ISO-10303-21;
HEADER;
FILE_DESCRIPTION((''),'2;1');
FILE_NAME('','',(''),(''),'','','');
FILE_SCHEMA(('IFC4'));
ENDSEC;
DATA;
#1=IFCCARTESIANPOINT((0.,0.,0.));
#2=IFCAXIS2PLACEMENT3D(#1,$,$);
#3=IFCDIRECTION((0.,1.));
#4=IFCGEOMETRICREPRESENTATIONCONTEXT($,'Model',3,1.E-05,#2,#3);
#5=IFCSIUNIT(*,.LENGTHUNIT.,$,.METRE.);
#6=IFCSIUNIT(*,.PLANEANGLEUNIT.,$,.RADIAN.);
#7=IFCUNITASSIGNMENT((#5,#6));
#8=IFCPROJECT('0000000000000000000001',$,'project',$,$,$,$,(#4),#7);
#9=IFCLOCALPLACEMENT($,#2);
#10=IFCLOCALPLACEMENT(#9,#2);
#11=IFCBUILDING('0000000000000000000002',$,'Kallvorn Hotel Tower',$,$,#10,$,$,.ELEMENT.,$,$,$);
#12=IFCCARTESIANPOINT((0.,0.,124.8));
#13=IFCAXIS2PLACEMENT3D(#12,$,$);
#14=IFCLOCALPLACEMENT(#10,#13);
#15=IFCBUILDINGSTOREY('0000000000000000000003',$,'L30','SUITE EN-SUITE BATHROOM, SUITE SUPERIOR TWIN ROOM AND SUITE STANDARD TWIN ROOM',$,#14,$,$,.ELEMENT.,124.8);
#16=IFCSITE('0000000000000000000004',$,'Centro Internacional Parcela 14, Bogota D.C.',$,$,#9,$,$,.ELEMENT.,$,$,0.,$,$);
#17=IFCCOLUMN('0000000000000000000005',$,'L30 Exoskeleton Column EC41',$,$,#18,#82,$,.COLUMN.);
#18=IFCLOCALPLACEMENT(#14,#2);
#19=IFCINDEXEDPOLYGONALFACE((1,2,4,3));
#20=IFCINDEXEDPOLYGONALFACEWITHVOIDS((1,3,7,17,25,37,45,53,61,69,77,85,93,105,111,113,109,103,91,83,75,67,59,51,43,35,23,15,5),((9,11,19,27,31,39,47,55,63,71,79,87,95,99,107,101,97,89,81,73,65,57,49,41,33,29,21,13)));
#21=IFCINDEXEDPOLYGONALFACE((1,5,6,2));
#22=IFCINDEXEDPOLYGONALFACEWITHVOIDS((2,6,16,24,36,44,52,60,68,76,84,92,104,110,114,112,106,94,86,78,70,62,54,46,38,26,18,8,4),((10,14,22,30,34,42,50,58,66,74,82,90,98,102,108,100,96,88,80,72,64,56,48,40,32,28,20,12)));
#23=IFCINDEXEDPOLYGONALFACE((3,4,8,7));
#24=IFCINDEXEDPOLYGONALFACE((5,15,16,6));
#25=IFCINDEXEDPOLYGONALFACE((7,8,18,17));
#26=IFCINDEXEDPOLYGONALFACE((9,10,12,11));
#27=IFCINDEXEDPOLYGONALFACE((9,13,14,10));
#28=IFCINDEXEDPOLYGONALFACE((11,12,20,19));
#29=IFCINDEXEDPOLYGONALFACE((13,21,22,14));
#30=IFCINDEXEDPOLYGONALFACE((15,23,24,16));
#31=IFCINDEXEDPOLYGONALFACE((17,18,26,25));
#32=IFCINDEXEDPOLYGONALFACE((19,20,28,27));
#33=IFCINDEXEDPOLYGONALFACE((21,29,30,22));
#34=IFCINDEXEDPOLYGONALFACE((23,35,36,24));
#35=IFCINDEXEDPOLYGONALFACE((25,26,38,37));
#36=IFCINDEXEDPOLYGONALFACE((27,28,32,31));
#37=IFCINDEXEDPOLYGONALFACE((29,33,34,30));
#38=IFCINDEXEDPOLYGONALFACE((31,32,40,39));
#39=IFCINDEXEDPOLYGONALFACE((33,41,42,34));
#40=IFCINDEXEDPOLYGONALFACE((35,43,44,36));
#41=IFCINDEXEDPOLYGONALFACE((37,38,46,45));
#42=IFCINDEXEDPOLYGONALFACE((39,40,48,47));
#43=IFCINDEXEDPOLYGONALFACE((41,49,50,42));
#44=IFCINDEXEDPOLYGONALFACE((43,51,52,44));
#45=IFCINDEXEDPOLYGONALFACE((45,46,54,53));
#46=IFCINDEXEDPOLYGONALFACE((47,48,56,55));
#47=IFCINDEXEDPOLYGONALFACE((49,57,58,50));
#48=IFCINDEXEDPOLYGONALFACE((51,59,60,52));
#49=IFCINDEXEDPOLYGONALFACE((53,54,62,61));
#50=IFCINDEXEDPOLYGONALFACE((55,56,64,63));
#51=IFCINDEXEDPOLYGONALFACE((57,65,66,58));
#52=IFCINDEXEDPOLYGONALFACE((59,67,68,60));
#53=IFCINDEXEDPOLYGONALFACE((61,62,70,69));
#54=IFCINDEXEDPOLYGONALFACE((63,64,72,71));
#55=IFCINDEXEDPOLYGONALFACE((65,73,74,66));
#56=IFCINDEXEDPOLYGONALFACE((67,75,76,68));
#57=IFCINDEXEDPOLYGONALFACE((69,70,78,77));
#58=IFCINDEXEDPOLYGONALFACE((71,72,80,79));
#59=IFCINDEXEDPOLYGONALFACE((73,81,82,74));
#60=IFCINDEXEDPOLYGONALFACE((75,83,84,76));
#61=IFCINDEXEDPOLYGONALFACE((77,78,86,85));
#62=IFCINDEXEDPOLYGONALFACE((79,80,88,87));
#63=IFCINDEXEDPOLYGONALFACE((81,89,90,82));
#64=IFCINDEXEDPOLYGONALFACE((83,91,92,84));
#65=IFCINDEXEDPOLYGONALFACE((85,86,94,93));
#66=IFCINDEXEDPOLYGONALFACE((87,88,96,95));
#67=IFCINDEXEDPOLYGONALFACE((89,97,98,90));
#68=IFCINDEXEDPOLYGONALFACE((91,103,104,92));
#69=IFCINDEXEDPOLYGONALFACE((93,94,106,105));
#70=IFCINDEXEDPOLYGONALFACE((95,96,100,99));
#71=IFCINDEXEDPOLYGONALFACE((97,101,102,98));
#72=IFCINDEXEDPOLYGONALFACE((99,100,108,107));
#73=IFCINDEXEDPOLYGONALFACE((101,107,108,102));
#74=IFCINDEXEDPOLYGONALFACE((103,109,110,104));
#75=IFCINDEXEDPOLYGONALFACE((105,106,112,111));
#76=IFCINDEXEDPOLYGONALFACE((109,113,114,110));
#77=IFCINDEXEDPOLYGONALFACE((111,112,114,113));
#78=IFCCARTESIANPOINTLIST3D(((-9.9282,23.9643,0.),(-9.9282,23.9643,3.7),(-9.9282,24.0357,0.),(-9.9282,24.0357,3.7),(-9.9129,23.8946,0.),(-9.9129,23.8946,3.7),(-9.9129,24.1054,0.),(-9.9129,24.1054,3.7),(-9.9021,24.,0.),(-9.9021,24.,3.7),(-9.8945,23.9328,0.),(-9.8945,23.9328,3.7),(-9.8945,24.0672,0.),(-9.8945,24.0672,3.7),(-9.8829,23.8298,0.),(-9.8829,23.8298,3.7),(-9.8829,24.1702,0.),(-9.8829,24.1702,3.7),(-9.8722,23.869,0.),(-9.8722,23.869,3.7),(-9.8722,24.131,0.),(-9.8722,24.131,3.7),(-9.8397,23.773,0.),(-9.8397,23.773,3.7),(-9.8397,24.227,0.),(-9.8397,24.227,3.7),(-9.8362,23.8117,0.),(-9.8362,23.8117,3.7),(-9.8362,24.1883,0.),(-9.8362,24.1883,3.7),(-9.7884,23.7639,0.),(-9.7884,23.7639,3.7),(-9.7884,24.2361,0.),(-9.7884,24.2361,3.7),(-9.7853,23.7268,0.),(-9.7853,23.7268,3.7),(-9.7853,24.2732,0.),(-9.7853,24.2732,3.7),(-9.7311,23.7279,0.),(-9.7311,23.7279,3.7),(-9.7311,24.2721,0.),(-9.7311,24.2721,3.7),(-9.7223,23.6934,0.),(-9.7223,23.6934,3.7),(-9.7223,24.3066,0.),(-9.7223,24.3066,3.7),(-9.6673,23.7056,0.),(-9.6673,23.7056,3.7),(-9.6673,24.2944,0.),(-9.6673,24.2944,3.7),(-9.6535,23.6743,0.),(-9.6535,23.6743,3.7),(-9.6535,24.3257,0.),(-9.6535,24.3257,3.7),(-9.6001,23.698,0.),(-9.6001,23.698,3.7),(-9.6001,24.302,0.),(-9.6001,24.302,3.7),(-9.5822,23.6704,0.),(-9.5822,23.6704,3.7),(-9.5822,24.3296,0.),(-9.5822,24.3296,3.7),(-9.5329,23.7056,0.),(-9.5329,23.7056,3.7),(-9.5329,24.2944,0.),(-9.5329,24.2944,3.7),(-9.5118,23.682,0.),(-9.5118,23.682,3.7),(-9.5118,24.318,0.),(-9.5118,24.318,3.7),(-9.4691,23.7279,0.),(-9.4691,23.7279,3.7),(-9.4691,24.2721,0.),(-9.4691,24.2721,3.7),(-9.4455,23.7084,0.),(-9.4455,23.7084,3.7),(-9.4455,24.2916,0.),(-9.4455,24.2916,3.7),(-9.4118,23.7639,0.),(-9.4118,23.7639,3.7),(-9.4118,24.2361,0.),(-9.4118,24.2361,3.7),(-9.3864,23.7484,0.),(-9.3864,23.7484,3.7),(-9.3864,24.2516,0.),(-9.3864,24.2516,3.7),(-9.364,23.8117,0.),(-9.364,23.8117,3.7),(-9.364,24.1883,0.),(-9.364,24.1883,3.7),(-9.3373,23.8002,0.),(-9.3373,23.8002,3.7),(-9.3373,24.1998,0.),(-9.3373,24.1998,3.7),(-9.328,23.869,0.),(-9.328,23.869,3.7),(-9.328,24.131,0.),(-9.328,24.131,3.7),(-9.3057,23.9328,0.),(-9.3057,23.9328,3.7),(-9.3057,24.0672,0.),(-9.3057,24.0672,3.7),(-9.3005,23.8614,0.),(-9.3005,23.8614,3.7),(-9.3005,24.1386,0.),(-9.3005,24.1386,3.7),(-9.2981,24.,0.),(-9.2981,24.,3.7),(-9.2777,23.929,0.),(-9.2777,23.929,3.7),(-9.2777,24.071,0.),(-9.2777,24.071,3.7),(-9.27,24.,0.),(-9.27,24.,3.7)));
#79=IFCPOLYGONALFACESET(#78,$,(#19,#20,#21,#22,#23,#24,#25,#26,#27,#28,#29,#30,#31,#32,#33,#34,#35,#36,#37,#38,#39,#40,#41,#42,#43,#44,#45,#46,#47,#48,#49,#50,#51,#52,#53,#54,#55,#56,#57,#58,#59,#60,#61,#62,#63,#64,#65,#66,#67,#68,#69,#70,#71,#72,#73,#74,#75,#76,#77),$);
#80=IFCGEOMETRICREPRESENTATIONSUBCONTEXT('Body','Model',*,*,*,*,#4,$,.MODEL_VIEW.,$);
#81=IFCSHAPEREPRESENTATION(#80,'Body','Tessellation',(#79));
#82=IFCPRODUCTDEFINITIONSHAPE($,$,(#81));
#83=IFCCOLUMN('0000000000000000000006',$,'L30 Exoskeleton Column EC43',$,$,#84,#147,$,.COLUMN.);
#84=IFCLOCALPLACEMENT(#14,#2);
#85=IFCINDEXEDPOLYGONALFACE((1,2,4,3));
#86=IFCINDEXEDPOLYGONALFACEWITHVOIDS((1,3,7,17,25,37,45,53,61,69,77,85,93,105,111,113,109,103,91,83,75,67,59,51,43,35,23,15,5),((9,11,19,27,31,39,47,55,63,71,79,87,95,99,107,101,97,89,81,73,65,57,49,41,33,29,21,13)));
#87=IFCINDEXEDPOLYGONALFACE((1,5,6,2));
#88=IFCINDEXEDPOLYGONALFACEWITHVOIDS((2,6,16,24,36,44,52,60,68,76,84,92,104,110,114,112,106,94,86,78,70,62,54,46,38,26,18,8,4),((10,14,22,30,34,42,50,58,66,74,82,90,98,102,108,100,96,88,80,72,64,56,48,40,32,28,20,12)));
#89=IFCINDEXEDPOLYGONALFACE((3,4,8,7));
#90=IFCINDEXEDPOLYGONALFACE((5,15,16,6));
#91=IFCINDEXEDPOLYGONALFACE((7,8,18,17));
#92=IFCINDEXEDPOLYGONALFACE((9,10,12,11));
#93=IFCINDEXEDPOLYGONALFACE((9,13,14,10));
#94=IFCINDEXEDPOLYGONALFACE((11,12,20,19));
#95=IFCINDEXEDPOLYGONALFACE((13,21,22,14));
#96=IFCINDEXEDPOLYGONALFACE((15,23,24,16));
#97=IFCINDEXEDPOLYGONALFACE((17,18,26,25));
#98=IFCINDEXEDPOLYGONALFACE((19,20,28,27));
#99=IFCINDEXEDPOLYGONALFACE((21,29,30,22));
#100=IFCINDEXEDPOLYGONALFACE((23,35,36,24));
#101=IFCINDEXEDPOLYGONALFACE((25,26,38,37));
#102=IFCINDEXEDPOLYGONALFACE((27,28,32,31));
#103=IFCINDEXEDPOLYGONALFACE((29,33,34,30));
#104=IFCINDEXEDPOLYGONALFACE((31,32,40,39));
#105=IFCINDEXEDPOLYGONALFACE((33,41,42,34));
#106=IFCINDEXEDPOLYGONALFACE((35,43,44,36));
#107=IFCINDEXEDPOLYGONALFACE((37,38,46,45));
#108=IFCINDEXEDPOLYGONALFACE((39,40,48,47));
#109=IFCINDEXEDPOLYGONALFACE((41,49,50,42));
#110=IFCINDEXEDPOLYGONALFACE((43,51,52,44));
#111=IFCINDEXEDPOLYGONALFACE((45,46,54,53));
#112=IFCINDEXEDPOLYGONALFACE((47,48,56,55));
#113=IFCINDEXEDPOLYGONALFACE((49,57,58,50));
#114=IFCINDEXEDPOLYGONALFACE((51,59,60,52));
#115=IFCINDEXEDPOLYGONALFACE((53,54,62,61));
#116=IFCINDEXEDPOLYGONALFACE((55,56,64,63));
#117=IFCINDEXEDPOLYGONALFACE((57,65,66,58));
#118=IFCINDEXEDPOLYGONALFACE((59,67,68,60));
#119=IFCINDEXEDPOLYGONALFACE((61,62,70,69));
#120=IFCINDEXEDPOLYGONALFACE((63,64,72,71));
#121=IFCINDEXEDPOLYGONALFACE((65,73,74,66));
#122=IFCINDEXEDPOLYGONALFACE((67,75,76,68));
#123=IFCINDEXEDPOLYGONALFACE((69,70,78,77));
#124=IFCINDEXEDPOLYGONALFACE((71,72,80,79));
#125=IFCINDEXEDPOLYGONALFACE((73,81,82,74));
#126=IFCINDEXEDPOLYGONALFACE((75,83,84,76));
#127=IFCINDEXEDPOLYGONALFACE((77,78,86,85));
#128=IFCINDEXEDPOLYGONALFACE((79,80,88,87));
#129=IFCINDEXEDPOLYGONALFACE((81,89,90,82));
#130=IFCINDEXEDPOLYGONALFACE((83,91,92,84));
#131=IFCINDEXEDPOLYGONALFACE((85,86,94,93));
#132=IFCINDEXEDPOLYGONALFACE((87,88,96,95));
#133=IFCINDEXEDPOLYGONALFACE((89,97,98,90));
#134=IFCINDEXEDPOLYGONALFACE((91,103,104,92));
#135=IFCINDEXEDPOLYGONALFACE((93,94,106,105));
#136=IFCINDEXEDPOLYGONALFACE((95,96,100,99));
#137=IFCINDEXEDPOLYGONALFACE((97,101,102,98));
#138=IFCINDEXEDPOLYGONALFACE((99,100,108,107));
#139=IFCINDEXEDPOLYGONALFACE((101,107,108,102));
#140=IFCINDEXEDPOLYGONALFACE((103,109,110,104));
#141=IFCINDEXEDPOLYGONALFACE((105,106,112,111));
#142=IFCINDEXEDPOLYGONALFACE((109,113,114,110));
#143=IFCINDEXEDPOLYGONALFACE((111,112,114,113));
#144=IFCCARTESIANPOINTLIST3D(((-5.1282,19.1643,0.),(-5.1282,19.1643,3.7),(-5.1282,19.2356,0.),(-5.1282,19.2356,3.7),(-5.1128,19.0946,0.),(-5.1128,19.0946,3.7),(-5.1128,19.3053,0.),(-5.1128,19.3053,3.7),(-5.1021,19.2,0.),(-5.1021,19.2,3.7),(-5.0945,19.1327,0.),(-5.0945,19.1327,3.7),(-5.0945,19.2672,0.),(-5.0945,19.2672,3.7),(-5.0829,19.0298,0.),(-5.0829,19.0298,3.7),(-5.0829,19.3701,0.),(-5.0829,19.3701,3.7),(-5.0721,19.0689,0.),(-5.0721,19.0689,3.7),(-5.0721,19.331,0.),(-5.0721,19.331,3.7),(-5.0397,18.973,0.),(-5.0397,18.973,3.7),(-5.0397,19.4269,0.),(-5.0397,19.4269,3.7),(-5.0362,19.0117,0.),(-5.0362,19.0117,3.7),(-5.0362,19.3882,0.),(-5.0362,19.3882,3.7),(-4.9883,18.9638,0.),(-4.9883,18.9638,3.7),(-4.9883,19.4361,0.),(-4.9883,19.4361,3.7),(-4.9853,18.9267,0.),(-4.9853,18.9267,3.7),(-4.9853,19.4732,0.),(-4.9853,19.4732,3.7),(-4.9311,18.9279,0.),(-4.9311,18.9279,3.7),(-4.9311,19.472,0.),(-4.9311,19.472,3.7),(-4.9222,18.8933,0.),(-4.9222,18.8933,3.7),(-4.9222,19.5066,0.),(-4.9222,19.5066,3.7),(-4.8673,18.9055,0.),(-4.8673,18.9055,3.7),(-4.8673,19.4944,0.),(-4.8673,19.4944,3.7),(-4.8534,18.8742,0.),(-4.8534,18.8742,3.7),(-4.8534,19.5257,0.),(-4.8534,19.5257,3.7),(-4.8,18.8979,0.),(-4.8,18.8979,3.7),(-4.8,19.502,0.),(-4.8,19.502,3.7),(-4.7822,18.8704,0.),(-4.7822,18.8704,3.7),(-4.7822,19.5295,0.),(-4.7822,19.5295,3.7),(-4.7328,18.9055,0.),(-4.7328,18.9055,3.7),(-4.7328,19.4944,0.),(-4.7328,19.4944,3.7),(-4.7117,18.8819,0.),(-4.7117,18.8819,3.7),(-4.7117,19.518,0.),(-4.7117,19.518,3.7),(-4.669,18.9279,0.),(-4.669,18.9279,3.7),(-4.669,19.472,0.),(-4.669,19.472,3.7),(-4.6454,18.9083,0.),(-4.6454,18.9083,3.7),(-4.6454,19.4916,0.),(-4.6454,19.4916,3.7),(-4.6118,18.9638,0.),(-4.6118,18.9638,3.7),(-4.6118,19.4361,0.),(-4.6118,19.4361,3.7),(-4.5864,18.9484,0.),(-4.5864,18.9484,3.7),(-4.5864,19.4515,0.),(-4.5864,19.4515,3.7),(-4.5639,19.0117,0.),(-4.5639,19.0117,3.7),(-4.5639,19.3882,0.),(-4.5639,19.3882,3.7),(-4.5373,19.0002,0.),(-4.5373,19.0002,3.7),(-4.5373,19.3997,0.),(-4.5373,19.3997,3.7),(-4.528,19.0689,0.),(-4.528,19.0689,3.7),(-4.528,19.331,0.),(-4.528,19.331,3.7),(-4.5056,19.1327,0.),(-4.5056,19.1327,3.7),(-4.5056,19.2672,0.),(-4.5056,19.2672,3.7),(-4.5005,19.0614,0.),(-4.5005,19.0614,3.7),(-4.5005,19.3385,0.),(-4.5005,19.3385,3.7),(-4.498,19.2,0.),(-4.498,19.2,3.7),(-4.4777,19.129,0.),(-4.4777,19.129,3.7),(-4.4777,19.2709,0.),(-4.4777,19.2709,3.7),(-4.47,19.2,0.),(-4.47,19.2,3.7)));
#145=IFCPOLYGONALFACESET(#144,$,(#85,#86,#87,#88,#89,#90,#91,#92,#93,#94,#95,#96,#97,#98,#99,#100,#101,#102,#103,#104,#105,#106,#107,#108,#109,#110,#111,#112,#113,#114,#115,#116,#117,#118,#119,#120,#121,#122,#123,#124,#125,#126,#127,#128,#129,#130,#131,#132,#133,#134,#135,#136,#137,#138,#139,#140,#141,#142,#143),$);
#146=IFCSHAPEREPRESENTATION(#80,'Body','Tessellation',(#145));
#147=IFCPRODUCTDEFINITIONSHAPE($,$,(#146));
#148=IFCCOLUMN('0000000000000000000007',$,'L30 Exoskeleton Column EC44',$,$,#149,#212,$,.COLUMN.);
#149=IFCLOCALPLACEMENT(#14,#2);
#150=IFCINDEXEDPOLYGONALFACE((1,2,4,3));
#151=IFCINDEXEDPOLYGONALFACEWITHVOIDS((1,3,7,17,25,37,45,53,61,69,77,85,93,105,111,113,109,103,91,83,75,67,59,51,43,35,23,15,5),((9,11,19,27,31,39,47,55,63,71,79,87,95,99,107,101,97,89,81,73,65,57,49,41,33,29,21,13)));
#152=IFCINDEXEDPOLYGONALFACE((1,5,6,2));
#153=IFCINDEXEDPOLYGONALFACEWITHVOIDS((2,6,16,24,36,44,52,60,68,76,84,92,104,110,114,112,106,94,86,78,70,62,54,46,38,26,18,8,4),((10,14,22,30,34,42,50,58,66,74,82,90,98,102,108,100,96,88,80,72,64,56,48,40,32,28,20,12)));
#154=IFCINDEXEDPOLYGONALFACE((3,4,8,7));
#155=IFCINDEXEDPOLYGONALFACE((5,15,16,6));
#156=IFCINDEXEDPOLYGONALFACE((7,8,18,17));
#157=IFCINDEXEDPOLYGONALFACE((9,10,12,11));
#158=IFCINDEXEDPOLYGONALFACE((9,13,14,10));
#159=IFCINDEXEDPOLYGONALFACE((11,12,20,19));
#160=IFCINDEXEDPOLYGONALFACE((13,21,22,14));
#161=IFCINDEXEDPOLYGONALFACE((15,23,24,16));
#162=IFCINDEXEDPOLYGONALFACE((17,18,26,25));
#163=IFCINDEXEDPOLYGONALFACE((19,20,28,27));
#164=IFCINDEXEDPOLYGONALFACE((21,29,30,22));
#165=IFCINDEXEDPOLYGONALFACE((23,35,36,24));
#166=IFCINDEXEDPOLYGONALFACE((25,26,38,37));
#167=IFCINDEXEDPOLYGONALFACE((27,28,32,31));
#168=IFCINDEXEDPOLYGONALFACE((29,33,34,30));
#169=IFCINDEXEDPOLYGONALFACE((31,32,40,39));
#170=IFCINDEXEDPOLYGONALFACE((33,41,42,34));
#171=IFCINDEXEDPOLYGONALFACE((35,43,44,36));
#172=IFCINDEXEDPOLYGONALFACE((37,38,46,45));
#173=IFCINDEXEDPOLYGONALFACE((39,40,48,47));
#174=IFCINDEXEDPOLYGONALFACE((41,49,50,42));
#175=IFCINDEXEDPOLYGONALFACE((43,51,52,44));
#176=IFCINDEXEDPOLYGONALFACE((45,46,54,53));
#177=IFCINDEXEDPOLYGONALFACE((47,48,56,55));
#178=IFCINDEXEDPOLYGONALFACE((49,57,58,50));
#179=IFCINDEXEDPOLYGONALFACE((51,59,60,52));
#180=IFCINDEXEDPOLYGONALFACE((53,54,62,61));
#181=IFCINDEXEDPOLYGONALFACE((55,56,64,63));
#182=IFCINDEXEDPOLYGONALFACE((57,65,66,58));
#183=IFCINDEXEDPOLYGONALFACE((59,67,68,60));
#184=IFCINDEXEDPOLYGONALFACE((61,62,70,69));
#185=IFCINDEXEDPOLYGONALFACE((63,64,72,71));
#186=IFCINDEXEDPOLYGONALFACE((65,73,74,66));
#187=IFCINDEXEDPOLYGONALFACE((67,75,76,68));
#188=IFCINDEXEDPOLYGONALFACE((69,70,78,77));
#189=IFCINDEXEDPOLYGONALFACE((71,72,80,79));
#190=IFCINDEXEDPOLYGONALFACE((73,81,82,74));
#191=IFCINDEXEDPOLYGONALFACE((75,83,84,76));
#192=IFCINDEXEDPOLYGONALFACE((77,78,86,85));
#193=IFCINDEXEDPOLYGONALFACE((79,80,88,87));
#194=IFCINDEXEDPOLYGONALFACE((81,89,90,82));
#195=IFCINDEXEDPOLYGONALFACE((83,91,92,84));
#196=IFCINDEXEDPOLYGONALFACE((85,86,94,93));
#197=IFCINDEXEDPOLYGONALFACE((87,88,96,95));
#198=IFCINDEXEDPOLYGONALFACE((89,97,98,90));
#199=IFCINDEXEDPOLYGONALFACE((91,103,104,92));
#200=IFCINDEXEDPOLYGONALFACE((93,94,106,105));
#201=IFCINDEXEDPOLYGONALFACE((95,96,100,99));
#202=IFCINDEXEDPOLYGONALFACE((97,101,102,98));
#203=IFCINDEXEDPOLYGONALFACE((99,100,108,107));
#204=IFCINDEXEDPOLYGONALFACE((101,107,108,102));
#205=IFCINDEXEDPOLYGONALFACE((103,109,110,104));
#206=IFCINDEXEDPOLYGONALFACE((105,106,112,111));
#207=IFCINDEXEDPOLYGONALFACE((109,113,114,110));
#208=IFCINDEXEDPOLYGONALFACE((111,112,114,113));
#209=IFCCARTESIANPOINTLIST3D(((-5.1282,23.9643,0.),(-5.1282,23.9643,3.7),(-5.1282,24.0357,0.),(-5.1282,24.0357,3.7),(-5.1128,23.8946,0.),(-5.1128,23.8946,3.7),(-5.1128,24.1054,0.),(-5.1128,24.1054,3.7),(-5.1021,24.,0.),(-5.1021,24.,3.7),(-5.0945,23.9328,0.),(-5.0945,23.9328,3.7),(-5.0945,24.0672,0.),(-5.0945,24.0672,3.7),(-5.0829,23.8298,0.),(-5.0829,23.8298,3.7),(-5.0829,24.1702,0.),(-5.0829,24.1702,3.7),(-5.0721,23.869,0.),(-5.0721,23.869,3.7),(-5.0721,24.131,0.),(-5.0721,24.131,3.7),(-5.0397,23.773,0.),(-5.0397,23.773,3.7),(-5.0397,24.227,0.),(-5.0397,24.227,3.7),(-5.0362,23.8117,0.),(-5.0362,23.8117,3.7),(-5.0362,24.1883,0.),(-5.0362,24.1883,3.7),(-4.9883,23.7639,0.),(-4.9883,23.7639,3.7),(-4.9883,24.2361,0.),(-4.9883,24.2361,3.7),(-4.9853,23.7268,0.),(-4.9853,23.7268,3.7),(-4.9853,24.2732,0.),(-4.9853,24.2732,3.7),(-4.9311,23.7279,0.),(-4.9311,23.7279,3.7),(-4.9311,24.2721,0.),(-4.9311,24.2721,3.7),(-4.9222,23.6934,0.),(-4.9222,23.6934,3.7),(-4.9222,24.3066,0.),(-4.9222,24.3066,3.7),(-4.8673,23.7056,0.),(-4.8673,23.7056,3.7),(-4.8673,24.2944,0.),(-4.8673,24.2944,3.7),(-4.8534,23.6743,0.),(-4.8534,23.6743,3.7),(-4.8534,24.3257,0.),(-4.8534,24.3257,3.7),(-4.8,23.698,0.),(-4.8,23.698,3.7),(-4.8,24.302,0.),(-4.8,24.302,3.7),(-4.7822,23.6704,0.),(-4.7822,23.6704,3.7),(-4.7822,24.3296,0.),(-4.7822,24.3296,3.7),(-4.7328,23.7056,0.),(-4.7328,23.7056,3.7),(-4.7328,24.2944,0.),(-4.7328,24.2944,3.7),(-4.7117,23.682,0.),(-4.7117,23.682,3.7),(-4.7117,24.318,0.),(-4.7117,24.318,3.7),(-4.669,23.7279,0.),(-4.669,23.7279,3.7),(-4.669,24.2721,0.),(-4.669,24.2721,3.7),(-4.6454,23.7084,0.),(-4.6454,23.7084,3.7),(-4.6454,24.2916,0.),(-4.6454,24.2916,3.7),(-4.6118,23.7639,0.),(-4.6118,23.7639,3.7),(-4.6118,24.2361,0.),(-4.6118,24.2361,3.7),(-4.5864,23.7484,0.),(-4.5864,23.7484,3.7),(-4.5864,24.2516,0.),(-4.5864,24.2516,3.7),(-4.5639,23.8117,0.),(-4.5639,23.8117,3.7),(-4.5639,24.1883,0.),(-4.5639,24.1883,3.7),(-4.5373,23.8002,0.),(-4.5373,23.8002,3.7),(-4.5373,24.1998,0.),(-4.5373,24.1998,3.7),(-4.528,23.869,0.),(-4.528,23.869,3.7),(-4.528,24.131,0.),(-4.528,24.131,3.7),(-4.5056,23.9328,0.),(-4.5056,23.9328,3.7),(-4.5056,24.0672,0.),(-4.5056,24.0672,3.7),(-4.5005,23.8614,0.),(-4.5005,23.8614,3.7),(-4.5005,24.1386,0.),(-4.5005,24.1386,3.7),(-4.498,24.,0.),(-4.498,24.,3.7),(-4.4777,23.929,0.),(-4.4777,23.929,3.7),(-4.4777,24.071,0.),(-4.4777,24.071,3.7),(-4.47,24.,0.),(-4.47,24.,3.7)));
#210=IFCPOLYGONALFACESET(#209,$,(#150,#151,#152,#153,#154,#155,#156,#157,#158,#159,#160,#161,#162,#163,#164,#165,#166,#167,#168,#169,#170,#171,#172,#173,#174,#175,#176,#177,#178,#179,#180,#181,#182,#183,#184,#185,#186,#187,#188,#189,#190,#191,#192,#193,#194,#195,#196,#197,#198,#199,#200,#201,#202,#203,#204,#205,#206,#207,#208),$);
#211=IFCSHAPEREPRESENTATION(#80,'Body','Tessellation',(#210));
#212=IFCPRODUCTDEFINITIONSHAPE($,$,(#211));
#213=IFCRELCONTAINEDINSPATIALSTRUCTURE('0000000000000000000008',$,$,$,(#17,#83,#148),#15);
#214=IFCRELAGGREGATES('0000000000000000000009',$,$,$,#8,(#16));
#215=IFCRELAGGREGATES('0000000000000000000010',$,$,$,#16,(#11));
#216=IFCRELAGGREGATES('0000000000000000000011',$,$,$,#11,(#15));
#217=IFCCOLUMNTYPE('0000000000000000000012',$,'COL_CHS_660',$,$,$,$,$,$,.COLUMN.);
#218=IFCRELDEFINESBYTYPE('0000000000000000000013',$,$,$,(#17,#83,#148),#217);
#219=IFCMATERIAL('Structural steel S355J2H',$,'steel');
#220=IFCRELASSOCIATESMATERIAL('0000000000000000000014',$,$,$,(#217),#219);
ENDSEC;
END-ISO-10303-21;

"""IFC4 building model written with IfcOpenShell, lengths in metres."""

from ifc_helpers import new_model, si_unit, direction, frame, origin, origin_2d, place, context, subcontext, project, spatial, hollow_circle, extrude, material, material_profile, profile_set, type_object, element, save


model = new_model("IFC4")

# Units and contexts
model_context = context("Model", 3, precision=1e-05, world=origin(), true_north=direction((0.0, 1.0)))
body_context = subcontext(model_context, "Body", "Model", "MODEL_VIEW")
ifc_project = project(units=[si_unit("LENGTHUNIT", "METRE"), si_unit("PLANEANGLEUNIT", "RADIAN")], contexts=[model_context])

# Site, building, storey
site_placement = place(None, origin())
site = spatial("IfcSite", under=ifc_project, at=site_placement, Name="Centro Internacional Parcela 14, Bogota D.C.", CompositionType="ELEMENT", RefElevation=0.0)
building_placement = place(site_placement, origin())
building = spatial("IfcBuilding", under=site, at=building_placement, Name="Kallvorn Hotel Tower", CompositionType="ELEMENT")
storey_placement = place(building_placement, frame((0.0, 0.0, 124.8)))
storey = spatial("IfcBuildingStorey", under=building, at=storey_placement, Name="L30", Description="SUITE EN-SUITE BATHROOM, SUITE SUPERIOR TWIN ROOM AND SUITE STANDARD TWIN ROOM", CompositionType="ELEMENT", Elevation=124.8)

# Columns
ifc_material_1 = material(Name="Structural steel S355J2H", Category="steel")
ifc_material_profile_1 = material_profile(ifc_material_1, hollow_circle(Radius=0.3301, WallThickness=0.0281, at=origin_2d()), Name="CHS 660x28")
ifc_profile_set_1 = profile_set([ifc_material_profile_1], Name="Structural steel S355J2H")
column_type_1 = type_object("IfcColumnType", Name="COL_CHS_660", PredefinedType="COLUMN", material=ifc_profile_set_1)
for number, where, z_axis, x_axis, name in (
    (1, (-9.6001, 24.0, 0.0), (0.0, 0.0, 1.0), (1.0, 0.0, 0.0), "L30 Exoskeleton Column EC41"),
    (2, (-4.8, 19.2, 0.0), (0.0, 0.0, 1.0), (1.0, 0.0, 0.0), "L30 Exoskeleton Column EC43"),
    (3, (-4.8, 24.0, 0.0), (0.0, 0.0, 1.0), (1.0, 0.0, 0.0), "L30 Exoskeleton Column EC44"),
):
    element("IfcColumn", number, at=place(storey_placement, frame(where, z_axis=z_axis, x_axis=x_axis)), inside=storey, type_object=column_type_1, Name=name, PredefinedType="COLUMN", context=body_context, shape_type="SweptSolid", body=[
        extrude(hollow_circle(Radius=0.3301, WallThickness=0.0281, at=origin_2d()), origin(), (0.0, 0.0, 1.0), 3.7),
    ])

save(model, "model.ifc")
